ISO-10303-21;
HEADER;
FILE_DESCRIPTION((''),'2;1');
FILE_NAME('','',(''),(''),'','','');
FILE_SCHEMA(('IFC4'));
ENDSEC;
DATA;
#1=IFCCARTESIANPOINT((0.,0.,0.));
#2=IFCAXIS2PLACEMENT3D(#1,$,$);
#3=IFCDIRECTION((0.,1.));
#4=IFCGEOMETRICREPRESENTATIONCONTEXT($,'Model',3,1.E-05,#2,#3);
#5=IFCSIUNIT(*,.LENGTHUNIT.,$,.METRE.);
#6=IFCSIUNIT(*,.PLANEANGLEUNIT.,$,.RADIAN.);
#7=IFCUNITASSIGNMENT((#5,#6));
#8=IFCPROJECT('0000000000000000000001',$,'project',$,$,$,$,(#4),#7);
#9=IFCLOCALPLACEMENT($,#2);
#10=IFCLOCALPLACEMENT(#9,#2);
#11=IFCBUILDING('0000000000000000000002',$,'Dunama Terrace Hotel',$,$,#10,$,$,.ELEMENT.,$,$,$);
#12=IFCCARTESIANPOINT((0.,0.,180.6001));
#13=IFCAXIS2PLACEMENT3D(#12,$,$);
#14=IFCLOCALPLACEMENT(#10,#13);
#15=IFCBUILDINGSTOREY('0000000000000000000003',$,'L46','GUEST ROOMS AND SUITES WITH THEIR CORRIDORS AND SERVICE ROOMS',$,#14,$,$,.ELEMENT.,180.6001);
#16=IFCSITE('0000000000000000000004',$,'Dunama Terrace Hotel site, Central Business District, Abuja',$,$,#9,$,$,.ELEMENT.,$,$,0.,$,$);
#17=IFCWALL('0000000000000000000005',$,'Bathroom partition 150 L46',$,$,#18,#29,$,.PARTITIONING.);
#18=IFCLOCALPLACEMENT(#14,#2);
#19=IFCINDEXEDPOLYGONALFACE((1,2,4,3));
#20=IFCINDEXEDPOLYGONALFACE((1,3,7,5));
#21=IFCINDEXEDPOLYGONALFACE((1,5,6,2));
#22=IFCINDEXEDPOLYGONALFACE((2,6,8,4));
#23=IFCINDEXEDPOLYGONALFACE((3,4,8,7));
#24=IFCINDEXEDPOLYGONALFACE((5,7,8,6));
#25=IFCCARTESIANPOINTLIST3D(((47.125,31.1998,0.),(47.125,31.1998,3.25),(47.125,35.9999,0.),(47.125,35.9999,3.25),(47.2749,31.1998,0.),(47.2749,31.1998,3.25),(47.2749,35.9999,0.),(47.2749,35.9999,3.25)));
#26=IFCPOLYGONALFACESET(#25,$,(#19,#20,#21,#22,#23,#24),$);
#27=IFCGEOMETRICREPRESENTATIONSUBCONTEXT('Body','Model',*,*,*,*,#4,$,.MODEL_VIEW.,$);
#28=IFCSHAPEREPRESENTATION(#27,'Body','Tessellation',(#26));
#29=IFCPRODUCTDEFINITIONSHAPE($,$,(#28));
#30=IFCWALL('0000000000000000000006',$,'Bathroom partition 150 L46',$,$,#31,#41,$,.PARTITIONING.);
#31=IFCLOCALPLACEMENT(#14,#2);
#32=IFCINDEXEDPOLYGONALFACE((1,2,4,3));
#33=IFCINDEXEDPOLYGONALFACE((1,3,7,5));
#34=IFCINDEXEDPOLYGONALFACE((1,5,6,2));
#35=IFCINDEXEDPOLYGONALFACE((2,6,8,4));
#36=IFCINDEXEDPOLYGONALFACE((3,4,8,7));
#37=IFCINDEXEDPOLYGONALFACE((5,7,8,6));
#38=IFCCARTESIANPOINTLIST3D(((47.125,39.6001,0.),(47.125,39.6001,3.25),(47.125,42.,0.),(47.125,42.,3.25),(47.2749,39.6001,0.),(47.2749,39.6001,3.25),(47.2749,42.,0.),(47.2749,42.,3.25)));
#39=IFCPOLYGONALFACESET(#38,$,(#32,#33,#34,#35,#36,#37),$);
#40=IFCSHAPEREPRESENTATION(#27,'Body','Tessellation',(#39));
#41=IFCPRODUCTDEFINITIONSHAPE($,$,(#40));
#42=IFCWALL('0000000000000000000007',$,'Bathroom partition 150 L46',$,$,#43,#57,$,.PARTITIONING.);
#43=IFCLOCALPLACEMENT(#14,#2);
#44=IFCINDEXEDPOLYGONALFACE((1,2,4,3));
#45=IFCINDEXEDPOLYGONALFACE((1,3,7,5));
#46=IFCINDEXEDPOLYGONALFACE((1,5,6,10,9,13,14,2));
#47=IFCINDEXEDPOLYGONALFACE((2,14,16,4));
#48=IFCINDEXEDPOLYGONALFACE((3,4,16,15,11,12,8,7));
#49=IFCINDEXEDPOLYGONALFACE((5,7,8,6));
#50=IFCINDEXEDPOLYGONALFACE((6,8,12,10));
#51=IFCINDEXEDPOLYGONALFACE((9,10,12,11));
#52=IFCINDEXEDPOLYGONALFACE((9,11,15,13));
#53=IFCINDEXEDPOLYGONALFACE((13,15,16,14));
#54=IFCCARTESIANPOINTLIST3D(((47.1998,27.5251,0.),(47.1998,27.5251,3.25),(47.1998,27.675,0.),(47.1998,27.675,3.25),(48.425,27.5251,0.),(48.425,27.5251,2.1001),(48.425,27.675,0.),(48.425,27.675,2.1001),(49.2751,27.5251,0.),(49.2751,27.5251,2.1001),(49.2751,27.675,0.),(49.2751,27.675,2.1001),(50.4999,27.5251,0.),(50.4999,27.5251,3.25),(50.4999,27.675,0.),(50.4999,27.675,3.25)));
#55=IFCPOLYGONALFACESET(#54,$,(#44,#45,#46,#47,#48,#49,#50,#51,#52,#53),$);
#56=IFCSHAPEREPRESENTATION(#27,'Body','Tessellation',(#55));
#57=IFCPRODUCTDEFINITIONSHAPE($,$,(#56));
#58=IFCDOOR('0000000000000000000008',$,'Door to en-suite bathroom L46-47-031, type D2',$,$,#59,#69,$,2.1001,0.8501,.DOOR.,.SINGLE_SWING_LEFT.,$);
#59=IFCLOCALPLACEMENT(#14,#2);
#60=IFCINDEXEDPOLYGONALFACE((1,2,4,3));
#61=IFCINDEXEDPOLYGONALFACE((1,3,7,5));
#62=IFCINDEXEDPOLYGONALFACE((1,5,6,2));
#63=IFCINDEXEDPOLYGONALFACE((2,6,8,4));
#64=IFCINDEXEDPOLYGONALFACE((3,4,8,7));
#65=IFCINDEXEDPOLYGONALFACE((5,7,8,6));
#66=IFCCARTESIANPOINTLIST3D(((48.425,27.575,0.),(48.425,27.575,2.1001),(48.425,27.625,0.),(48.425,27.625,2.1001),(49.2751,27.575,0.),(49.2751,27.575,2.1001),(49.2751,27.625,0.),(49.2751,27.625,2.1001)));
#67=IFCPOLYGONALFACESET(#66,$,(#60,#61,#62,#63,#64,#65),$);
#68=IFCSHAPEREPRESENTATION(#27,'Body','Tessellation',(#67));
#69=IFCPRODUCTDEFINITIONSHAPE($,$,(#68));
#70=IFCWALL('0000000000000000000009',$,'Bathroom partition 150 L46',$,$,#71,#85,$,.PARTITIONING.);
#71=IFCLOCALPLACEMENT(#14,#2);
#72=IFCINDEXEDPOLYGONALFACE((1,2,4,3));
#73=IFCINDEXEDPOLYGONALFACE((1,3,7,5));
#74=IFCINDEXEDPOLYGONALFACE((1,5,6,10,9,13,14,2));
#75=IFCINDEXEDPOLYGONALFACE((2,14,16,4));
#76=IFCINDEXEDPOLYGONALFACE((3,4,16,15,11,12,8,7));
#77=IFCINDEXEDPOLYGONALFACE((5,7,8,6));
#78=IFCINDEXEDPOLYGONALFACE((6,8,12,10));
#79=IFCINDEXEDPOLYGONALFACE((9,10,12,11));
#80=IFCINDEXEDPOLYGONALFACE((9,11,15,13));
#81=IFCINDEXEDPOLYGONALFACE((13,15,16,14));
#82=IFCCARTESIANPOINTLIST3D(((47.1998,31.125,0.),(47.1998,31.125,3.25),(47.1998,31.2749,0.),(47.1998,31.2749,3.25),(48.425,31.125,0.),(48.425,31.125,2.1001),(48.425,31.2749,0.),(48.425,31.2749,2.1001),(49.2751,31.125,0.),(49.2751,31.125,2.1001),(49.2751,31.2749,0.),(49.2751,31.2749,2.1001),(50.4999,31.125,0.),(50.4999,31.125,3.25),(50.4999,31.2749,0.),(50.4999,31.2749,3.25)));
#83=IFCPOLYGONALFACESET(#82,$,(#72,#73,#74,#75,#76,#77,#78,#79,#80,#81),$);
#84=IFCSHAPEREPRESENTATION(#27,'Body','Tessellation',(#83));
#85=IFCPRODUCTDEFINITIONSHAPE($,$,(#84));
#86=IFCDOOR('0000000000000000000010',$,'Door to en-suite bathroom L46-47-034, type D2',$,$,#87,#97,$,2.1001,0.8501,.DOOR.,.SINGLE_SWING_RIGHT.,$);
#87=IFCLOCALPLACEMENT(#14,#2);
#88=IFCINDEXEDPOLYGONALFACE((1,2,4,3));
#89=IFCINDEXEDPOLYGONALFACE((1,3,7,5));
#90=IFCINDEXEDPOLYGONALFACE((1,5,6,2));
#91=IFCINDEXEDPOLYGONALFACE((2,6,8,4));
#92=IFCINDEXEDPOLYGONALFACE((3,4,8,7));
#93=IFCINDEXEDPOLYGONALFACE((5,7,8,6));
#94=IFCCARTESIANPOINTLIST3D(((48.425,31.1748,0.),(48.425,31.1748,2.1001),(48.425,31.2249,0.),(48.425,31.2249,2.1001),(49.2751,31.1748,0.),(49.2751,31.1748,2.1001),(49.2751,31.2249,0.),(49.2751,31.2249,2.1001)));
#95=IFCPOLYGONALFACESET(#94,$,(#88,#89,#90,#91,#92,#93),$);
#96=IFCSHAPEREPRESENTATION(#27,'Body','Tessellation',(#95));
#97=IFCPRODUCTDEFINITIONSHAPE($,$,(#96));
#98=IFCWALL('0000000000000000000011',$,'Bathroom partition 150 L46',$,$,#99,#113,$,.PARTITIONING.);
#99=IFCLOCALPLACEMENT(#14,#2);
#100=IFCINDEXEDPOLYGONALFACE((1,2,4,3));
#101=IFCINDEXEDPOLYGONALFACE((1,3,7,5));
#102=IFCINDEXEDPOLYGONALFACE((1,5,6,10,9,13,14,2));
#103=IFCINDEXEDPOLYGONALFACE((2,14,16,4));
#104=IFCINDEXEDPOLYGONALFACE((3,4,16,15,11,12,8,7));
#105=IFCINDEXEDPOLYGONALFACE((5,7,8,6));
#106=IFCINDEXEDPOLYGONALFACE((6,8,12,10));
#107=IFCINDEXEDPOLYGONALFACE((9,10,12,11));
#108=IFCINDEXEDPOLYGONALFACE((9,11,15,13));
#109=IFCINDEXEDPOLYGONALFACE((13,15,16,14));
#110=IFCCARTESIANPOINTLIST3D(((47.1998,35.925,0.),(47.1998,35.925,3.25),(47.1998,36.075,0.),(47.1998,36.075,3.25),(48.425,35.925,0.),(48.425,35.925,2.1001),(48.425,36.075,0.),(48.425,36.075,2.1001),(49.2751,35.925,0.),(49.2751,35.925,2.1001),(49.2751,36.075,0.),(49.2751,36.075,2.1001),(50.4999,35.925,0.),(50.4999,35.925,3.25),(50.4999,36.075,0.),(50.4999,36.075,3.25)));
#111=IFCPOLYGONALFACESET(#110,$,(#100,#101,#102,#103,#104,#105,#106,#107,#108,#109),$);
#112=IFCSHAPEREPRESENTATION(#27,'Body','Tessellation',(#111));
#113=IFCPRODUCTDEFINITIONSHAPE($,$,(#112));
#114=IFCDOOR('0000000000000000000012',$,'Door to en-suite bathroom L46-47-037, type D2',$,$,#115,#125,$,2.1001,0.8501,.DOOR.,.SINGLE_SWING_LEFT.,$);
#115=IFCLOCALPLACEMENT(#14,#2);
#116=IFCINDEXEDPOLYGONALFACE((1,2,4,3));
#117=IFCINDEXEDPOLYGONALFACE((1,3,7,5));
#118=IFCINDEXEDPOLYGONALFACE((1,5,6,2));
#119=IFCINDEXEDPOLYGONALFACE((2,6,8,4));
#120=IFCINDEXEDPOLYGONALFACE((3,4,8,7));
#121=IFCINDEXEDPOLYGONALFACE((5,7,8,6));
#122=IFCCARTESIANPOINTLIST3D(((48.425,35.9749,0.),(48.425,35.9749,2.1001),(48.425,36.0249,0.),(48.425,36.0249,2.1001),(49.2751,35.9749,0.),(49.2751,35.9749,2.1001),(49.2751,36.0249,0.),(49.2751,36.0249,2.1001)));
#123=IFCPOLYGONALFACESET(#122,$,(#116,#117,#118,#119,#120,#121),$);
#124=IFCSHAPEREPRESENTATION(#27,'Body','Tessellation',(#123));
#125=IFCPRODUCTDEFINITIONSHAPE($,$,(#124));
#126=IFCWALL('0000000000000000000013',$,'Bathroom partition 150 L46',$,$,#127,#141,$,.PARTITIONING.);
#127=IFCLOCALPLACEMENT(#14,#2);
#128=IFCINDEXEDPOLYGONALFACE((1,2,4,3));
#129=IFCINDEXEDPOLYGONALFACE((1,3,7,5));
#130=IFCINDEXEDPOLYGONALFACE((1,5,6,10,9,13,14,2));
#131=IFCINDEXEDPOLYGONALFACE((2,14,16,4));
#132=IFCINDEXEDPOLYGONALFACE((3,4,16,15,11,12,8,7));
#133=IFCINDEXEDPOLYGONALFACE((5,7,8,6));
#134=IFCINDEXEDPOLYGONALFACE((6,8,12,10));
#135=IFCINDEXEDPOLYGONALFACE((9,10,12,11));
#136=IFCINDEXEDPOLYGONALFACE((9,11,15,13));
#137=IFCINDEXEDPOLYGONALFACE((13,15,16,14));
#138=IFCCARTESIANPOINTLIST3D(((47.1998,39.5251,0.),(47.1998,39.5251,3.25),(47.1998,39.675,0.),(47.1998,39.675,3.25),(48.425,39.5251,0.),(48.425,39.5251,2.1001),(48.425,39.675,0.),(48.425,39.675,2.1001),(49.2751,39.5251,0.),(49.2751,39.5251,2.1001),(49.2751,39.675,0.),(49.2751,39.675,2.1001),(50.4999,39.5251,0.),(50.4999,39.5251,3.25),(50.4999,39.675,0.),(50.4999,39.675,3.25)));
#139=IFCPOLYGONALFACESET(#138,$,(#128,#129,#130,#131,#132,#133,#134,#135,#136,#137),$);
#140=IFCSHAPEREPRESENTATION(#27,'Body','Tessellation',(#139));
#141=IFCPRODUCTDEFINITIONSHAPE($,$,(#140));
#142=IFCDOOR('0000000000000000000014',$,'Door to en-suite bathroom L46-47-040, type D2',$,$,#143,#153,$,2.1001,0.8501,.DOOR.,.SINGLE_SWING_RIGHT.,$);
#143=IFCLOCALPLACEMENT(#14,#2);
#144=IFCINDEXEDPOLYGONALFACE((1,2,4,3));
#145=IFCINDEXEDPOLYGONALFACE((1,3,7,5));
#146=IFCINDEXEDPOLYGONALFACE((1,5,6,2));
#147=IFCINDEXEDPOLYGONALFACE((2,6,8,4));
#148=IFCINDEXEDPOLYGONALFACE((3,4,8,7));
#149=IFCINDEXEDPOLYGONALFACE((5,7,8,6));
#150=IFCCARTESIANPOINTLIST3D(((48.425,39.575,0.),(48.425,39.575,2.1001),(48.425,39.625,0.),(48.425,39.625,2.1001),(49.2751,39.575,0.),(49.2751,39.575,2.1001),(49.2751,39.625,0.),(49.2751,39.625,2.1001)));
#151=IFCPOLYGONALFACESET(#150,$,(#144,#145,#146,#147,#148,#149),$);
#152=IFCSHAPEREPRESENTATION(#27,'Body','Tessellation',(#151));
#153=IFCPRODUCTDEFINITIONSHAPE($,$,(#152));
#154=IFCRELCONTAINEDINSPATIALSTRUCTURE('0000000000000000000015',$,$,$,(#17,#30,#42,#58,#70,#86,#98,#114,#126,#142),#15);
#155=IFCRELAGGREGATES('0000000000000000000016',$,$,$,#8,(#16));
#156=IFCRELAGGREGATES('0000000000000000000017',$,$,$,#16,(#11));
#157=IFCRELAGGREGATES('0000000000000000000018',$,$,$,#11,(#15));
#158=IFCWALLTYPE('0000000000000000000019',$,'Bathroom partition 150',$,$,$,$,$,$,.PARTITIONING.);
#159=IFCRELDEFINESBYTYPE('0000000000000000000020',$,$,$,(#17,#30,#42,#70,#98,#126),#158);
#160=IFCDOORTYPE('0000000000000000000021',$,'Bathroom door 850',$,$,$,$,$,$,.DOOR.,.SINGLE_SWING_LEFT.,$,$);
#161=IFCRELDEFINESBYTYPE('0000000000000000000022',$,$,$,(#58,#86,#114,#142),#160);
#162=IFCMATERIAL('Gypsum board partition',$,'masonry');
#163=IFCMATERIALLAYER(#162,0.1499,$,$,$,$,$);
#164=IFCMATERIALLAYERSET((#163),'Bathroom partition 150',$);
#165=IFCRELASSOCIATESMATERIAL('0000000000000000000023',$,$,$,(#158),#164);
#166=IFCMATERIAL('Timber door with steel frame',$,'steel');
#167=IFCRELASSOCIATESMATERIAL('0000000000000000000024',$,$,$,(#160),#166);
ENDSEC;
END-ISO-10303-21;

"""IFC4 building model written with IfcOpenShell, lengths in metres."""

from ifc_helpers import new_model, si_unit, direction, frame, frame_2d, origin, place, context, subcontext, project, spatial, rectangle, extrude, material, layer, layer_set, type_object, element, fill, save


model = new_model("IFC4")

# Units and contexts
model_context = context("Model", 3, precision=1e-05, world=origin(), true_north=direction((0.0, 1.0)))
body_context = subcontext(model_context, "Body", "Model", "MODEL_VIEW")
ifc_project = project(units=[si_unit("LENGTHUNIT", "METRE"), si_unit("PLANEANGLEUNIT", "RADIAN")], contexts=[model_context])

# Site, building, storey
site_placement = place(None, origin())
site = spatial("IfcSite", under=ifc_project, at=site_placement, Name="Dunama Terrace Hotel site, Central Business District, Abuja", CompositionType="ELEMENT", RefElevation=0.0)
building_placement = place(site_placement, origin())
building = spatial("IfcBuilding", under=site, at=building_placement, Name="Dunama Terrace Hotel", CompositionType="ELEMENT")
storey_placement = place(building_placement, frame((0.0, 0.0, 180.6001)))
storey = spatial("IfcBuildingStorey", under=building, at=storey_placement, Name="L46", Description="GUEST ROOMS AND SUITES WITH THEIR CORRIDORS AND SERVICE ROOMS", CompositionType="ELEMENT", Elevation=180.6001)

# Walls
ifc_material_1 = material(Name="Gypsum board partition", Category="masonry")
ifc_layer_1 = layer(ifc_material_1, 0.1499)
ifc_layer_set_1 = layer_set([ifc_layer_1], Name="Bathroom partition 150")
wall_type_1 = type_object("IfcWallType", Name="Bathroom partition 150", PredefinedType="PARTITIONING", material=ifc_layer_set_1)
wall_1_placement = place(storey_placement, frame((47.2, 31.2, 0.0), z_axis=(0.0, 0.0, 1.0), x_axis=(0.0, 1.0, 0.0)))
element("IfcWall", 1, at=wall_1_placement, inside=storey, type_object=wall_type_1, Name="Bathroom partition 150 L46", PredefinedType="PARTITIONING", context=body_context, shape_type="SweptSolid", body=[
    extrude(rectangle(XDim=4.8, YDim=0.1499, at=frame_2d((2.3999, 0.0))), origin(), (0.0, 0.0, 1.0), 3.25),
])
wall_2_placement = place(storey_placement, frame((47.2, 39.6001, 0.0), z_axis=(0.0, 0.0, 1.0), x_axis=(0.0, 1.0, 0.0)))
element("IfcWall", 2, at=wall_2_placement, inside=storey, type_object=wall_type_1, Name="Bathroom partition 150 L46", PredefinedType="PARTITIONING", context=body_context, shape_type="SweptSolid", body=[
    extrude(rectangle(XDim=2.3999, YDim=0.1499, at=frame_2d((1.2, 0.0))), origin(), (0.0, 0.0, 1.0), 3.25),
])

# Walls, openings, doors
wall_3_placement = place(storey_placement, frame((47.2, 27.6001, 0.0), z_axis=(0.0, 0.0, 1.0), x_axis=(1.0, 0.0, 0.0)))
wall_3 = element("IfcWall", 3, at=wall_3_placement, inside=storey, type_object=wall_type_1, Name="Bathroom partition 150 L46", PredefinedType="PARTITIONING", context=body_context, shape_type="SweptSolid", body=[
    extrude(rectangle(XDim=3.3, YDim=0.1499, at=frame_2d((1.6499, 0.0))), origin(), (0.0, 0.0, 1.0), 3.25),
])
opening_1_placement = place(wall_3_placement, frame((1.2251, 0.0, 0.0)))
opening_1 = element("IfcOpeningElement", 4, at=opening_1_placement, cuts=wall_3, PredefinedType="OPENING", context=body_context, shape_type="SweptSolid", body=[
    extrude(rectangle(XDim=0.8501, YDim=2.1001, at=frame_2d((0.425, 1.05))), frame((0.0, 0.085, 0.0), z_axis=(0.0, -1.0, 0.0), x_axis=(1.0, 0.0, 0.0)), (0.0, 0.0, 1.0), 0.1699),
])
ifc_material_2 = material(Name="Timber door with steel frame", Category="steel")
door_type_1 = type_object("IfcDoorType", Name="Bathroom door 850", OperationType="SINGLE_SWING_LEFT", PredefinedType="DOOR", material=ifc_material_2)
door_1_placement = place(opening_1_placement, frame((0.8501, 0.0, 0.0), z_axis=(0.0, 0.0, 1.0), x_axis=(-1.0, 0.0, 0.0)))
door_1 = element("IfcDoor", 5, at=door_1_placement, inside=storey, type_object=door_type_1, Name="Door to en-suite bathroom L46-47-031, type D2", OperationType="SINGLE_SWING_LEFT", OverallHeight=2.1001, OverallWidth=0.8501, PredefinedType="DOOR", context=body_context, shape_type="SweptSolid", body=[
    extrude(rectangle(XDim=0.8501, YDim=2.1001, at=frame_2d((0.425, 1.05))), frame((0.0, 0.0251, 0.0), z_axis=(0.0, -1.0, 0.0), x_axis=(1.0, 0.0, 0.0)), (0.0, 0.0, 1.0), 0.05),
])
fill(opening_1, door_1)
wall_4_placement = place(storey_placement, frame((47.2, 31.2, 0.0), z_axis=(0.0, 0.0, 1.0), x_axis=(1.0, 0.0, 0.0)))
wall_4 = element("IfcWall", 6, at=wall_4_placement, inside=storey, type_object=wall_type_1, Name="Bathroom partition 150 L46", PredefinedType="PARTITIONING", context=body_context, shape_type="SweptSolid", body=[
    extrude(rectangle(XDim=3.3, YDim=0.1499, at=frame_2d((1.6499, 0.0))), origin(), (0.0, 0.0, 1.0), 3.25),
])
opening_2_placement = place(wall_4_placement, frame((1.2251, 0.0, 0.0)))
opening_2 = element("IfcOpeningElement", 7, at=opening_2_placement, cuts=wall_4, PredefinedType="OPENING", context=body_context, shape_type="SweptSolid", body=[
    extrude(rectangle(XDim=0.8501, YDim=2.1001, at=frame_2d((0.425, 1.05))), frame((0.0, 0.085, 0.0), z_axis=(0.0, -1.0, 0.0), x_axis=(1.0, 0.0, 0.0)), (0.0, 0.0, 1.0), 0.1699),
])
door_2_placement = place(opening_2_placement, origin())
door_2 = element("IfcDoor", 8, at=door_2_placement, inside=storey, type_object=door_type_1, Name="Door to en-suite bathroom L46-47-034, type D2", OperationType="SINGLE_SWING_RIGHT", OverallHeight=2.1001, OverallWidth=0.8501, PredefinedType="DOOR", context=body_context, shape_type="SweptSolid", body=[
    extrude(rectangle(XDim=0.8501, YDim=2.1001, at=frame_2d((0.425, 1.05))), frame((0.0, 0.0249, 0.0), z_axis=(0.0, -1.0, 0.0), x_axis=(1.0, 0.0, 0.0)), (0.0, 0.0, 1.0), 0.05),
])
fill(opening_2, door_2)
wall_5_placement = place(storey_placement, frame((47.2, 36.0, 0.0), z_axis=(0.0, 0.0, 1.0), x_axis=(1.0, 0.0, 0.0)))
wall_5 = element("IfcWall", 9, at=wall_5_placement, inside=storey, type_object=wall_type_1, Name="Bathroom partition 150 L46", PredefinedType="PARTITIONING", context=body_context, shape_type="SweptSolid", body=[
    extrude(rectangle(XDim=3.3, YDim=0.1499, at=frame_2d((1.6499, 0.0))), origin(), (0.0, 0.0, 1.0), 3.25),
])
opening_3_placement = place(wall_5_placement, frame((1.2251, 0.0, 0.0)))
opening_3 = element("IfcOpeningElement", 10, at=opening_3_placement, cuts=wall_5, PredefinedType="OPENING", context=body_context, shape_type="SweptSolid", body=[
    extrude(rectangle(XDim=0.8501, YDim=2.1001, at=frame_2d((0.425, 1.05))), frame((0.0, 0.085, 0.0), z_axis=(0.0, -1.0, 0.0), x_axis=(1.0, 0.0, 0.0)), (0.0, 0.0, 1.0), 0.1699),
])
door_3_placement = place(opening_3_placement, frame((0.8501, 0.0, 0.0), z_axis=(0.0, 0.0, 1.0), x_axis=(-1.0, 0.0, 0.0)))
door_3 = element("IfcDoor", 11, at=door_3_placement, inside=storey, type_object=door_type_1, Name="Door to en-suite bathroom L46-47-037, type D2", OperationType="SINGLE_SWING_LEFT", OverallHeight=2.1001, OverallWidth=0.8501, PredefinedType="DOOR", context=body_context, shape_type="SweptSolid", body=[
    extrude(rectangle(XDim=0.8501, YDim=2.1001, at=frame_2d((0.425, 1.05))), frame((0.0, 0.0251, 0.0), z_axis=(0.0, -1.0, 0.0), x_axis=(1.0, 0.0, 0.0)), (0.0, 0.0, 1.0), 0.05),
])
fill(opening_3, door_3)
wall_6_placement = place(storey_placement, frame((47.2, 39.6001, 0.0), z_axis=(0.0, 0.0, 1.0), x_axis=(1.0, 0.0, 0.0)))
wall_6 = element("IfcWall", 12, at=wall_6_placement, inside=storey, type_object=wall_type_1, Name="Bathroom partition 150 L46", PredefinedType="PARTITIONING", context=body_context, shape_type="SweptSolid", body=[
    extrude(rectangle(XDim=3.3, YDim=0.1499, at=frame_2d((1.6499, 0.0))), origin(), (0.0, 0.0, 1.0), 3.25),
])
opening_4_placement = place(wall_6_placement, frame((1.2251, 0.0, 0.0)))
opening_4 = element("IfcOpeningElement", 13, at=opening_4_placement, cuts=wall_6, PredefinedType="OPENING", context=body_context, shape_type="SweptSolid", body=[
    extrude(rectangle(XDim=0.8501, YDim=2.1001, at=frame_2d((0.425, 1.05))), frame((0.0, 0.085, 0.0), z_axis=(0.0, -1.0, 0.0), x_axis=(1.0, 0.0, 0.0)), (0.0, 0.0, 1.0), 0.1699),
])
door_4_placement = place(opening_4_placement, origin())
door_4 = element("IfcDoor", 14, at=door_4_placement, inside=storey, type_object=door_type_1, Name="Door to en-suite bathroom L46-47-040, type D2", OperationType="SINGLE_SWING_RIGHT", OverallHeight=2.1001, OverallWidth=0.8501, PredefinedType="DOOR", context=body_context, shape_type="SweptSolid", body=[
    extrude(rectangle(XDim=0.8501, YDim=2.1001, at=frame_2d((0.425, 1.05))), frame((0.0, 0.0249, 0.0), z_axis=(0.0, -1.0, 0.0), x_axis=(1.0, 0.0, 0.0)), (0.0, 0.0, 1.0), 0.05),
])
fill(opening_4, door_4)

save(model, "model.ifc")
